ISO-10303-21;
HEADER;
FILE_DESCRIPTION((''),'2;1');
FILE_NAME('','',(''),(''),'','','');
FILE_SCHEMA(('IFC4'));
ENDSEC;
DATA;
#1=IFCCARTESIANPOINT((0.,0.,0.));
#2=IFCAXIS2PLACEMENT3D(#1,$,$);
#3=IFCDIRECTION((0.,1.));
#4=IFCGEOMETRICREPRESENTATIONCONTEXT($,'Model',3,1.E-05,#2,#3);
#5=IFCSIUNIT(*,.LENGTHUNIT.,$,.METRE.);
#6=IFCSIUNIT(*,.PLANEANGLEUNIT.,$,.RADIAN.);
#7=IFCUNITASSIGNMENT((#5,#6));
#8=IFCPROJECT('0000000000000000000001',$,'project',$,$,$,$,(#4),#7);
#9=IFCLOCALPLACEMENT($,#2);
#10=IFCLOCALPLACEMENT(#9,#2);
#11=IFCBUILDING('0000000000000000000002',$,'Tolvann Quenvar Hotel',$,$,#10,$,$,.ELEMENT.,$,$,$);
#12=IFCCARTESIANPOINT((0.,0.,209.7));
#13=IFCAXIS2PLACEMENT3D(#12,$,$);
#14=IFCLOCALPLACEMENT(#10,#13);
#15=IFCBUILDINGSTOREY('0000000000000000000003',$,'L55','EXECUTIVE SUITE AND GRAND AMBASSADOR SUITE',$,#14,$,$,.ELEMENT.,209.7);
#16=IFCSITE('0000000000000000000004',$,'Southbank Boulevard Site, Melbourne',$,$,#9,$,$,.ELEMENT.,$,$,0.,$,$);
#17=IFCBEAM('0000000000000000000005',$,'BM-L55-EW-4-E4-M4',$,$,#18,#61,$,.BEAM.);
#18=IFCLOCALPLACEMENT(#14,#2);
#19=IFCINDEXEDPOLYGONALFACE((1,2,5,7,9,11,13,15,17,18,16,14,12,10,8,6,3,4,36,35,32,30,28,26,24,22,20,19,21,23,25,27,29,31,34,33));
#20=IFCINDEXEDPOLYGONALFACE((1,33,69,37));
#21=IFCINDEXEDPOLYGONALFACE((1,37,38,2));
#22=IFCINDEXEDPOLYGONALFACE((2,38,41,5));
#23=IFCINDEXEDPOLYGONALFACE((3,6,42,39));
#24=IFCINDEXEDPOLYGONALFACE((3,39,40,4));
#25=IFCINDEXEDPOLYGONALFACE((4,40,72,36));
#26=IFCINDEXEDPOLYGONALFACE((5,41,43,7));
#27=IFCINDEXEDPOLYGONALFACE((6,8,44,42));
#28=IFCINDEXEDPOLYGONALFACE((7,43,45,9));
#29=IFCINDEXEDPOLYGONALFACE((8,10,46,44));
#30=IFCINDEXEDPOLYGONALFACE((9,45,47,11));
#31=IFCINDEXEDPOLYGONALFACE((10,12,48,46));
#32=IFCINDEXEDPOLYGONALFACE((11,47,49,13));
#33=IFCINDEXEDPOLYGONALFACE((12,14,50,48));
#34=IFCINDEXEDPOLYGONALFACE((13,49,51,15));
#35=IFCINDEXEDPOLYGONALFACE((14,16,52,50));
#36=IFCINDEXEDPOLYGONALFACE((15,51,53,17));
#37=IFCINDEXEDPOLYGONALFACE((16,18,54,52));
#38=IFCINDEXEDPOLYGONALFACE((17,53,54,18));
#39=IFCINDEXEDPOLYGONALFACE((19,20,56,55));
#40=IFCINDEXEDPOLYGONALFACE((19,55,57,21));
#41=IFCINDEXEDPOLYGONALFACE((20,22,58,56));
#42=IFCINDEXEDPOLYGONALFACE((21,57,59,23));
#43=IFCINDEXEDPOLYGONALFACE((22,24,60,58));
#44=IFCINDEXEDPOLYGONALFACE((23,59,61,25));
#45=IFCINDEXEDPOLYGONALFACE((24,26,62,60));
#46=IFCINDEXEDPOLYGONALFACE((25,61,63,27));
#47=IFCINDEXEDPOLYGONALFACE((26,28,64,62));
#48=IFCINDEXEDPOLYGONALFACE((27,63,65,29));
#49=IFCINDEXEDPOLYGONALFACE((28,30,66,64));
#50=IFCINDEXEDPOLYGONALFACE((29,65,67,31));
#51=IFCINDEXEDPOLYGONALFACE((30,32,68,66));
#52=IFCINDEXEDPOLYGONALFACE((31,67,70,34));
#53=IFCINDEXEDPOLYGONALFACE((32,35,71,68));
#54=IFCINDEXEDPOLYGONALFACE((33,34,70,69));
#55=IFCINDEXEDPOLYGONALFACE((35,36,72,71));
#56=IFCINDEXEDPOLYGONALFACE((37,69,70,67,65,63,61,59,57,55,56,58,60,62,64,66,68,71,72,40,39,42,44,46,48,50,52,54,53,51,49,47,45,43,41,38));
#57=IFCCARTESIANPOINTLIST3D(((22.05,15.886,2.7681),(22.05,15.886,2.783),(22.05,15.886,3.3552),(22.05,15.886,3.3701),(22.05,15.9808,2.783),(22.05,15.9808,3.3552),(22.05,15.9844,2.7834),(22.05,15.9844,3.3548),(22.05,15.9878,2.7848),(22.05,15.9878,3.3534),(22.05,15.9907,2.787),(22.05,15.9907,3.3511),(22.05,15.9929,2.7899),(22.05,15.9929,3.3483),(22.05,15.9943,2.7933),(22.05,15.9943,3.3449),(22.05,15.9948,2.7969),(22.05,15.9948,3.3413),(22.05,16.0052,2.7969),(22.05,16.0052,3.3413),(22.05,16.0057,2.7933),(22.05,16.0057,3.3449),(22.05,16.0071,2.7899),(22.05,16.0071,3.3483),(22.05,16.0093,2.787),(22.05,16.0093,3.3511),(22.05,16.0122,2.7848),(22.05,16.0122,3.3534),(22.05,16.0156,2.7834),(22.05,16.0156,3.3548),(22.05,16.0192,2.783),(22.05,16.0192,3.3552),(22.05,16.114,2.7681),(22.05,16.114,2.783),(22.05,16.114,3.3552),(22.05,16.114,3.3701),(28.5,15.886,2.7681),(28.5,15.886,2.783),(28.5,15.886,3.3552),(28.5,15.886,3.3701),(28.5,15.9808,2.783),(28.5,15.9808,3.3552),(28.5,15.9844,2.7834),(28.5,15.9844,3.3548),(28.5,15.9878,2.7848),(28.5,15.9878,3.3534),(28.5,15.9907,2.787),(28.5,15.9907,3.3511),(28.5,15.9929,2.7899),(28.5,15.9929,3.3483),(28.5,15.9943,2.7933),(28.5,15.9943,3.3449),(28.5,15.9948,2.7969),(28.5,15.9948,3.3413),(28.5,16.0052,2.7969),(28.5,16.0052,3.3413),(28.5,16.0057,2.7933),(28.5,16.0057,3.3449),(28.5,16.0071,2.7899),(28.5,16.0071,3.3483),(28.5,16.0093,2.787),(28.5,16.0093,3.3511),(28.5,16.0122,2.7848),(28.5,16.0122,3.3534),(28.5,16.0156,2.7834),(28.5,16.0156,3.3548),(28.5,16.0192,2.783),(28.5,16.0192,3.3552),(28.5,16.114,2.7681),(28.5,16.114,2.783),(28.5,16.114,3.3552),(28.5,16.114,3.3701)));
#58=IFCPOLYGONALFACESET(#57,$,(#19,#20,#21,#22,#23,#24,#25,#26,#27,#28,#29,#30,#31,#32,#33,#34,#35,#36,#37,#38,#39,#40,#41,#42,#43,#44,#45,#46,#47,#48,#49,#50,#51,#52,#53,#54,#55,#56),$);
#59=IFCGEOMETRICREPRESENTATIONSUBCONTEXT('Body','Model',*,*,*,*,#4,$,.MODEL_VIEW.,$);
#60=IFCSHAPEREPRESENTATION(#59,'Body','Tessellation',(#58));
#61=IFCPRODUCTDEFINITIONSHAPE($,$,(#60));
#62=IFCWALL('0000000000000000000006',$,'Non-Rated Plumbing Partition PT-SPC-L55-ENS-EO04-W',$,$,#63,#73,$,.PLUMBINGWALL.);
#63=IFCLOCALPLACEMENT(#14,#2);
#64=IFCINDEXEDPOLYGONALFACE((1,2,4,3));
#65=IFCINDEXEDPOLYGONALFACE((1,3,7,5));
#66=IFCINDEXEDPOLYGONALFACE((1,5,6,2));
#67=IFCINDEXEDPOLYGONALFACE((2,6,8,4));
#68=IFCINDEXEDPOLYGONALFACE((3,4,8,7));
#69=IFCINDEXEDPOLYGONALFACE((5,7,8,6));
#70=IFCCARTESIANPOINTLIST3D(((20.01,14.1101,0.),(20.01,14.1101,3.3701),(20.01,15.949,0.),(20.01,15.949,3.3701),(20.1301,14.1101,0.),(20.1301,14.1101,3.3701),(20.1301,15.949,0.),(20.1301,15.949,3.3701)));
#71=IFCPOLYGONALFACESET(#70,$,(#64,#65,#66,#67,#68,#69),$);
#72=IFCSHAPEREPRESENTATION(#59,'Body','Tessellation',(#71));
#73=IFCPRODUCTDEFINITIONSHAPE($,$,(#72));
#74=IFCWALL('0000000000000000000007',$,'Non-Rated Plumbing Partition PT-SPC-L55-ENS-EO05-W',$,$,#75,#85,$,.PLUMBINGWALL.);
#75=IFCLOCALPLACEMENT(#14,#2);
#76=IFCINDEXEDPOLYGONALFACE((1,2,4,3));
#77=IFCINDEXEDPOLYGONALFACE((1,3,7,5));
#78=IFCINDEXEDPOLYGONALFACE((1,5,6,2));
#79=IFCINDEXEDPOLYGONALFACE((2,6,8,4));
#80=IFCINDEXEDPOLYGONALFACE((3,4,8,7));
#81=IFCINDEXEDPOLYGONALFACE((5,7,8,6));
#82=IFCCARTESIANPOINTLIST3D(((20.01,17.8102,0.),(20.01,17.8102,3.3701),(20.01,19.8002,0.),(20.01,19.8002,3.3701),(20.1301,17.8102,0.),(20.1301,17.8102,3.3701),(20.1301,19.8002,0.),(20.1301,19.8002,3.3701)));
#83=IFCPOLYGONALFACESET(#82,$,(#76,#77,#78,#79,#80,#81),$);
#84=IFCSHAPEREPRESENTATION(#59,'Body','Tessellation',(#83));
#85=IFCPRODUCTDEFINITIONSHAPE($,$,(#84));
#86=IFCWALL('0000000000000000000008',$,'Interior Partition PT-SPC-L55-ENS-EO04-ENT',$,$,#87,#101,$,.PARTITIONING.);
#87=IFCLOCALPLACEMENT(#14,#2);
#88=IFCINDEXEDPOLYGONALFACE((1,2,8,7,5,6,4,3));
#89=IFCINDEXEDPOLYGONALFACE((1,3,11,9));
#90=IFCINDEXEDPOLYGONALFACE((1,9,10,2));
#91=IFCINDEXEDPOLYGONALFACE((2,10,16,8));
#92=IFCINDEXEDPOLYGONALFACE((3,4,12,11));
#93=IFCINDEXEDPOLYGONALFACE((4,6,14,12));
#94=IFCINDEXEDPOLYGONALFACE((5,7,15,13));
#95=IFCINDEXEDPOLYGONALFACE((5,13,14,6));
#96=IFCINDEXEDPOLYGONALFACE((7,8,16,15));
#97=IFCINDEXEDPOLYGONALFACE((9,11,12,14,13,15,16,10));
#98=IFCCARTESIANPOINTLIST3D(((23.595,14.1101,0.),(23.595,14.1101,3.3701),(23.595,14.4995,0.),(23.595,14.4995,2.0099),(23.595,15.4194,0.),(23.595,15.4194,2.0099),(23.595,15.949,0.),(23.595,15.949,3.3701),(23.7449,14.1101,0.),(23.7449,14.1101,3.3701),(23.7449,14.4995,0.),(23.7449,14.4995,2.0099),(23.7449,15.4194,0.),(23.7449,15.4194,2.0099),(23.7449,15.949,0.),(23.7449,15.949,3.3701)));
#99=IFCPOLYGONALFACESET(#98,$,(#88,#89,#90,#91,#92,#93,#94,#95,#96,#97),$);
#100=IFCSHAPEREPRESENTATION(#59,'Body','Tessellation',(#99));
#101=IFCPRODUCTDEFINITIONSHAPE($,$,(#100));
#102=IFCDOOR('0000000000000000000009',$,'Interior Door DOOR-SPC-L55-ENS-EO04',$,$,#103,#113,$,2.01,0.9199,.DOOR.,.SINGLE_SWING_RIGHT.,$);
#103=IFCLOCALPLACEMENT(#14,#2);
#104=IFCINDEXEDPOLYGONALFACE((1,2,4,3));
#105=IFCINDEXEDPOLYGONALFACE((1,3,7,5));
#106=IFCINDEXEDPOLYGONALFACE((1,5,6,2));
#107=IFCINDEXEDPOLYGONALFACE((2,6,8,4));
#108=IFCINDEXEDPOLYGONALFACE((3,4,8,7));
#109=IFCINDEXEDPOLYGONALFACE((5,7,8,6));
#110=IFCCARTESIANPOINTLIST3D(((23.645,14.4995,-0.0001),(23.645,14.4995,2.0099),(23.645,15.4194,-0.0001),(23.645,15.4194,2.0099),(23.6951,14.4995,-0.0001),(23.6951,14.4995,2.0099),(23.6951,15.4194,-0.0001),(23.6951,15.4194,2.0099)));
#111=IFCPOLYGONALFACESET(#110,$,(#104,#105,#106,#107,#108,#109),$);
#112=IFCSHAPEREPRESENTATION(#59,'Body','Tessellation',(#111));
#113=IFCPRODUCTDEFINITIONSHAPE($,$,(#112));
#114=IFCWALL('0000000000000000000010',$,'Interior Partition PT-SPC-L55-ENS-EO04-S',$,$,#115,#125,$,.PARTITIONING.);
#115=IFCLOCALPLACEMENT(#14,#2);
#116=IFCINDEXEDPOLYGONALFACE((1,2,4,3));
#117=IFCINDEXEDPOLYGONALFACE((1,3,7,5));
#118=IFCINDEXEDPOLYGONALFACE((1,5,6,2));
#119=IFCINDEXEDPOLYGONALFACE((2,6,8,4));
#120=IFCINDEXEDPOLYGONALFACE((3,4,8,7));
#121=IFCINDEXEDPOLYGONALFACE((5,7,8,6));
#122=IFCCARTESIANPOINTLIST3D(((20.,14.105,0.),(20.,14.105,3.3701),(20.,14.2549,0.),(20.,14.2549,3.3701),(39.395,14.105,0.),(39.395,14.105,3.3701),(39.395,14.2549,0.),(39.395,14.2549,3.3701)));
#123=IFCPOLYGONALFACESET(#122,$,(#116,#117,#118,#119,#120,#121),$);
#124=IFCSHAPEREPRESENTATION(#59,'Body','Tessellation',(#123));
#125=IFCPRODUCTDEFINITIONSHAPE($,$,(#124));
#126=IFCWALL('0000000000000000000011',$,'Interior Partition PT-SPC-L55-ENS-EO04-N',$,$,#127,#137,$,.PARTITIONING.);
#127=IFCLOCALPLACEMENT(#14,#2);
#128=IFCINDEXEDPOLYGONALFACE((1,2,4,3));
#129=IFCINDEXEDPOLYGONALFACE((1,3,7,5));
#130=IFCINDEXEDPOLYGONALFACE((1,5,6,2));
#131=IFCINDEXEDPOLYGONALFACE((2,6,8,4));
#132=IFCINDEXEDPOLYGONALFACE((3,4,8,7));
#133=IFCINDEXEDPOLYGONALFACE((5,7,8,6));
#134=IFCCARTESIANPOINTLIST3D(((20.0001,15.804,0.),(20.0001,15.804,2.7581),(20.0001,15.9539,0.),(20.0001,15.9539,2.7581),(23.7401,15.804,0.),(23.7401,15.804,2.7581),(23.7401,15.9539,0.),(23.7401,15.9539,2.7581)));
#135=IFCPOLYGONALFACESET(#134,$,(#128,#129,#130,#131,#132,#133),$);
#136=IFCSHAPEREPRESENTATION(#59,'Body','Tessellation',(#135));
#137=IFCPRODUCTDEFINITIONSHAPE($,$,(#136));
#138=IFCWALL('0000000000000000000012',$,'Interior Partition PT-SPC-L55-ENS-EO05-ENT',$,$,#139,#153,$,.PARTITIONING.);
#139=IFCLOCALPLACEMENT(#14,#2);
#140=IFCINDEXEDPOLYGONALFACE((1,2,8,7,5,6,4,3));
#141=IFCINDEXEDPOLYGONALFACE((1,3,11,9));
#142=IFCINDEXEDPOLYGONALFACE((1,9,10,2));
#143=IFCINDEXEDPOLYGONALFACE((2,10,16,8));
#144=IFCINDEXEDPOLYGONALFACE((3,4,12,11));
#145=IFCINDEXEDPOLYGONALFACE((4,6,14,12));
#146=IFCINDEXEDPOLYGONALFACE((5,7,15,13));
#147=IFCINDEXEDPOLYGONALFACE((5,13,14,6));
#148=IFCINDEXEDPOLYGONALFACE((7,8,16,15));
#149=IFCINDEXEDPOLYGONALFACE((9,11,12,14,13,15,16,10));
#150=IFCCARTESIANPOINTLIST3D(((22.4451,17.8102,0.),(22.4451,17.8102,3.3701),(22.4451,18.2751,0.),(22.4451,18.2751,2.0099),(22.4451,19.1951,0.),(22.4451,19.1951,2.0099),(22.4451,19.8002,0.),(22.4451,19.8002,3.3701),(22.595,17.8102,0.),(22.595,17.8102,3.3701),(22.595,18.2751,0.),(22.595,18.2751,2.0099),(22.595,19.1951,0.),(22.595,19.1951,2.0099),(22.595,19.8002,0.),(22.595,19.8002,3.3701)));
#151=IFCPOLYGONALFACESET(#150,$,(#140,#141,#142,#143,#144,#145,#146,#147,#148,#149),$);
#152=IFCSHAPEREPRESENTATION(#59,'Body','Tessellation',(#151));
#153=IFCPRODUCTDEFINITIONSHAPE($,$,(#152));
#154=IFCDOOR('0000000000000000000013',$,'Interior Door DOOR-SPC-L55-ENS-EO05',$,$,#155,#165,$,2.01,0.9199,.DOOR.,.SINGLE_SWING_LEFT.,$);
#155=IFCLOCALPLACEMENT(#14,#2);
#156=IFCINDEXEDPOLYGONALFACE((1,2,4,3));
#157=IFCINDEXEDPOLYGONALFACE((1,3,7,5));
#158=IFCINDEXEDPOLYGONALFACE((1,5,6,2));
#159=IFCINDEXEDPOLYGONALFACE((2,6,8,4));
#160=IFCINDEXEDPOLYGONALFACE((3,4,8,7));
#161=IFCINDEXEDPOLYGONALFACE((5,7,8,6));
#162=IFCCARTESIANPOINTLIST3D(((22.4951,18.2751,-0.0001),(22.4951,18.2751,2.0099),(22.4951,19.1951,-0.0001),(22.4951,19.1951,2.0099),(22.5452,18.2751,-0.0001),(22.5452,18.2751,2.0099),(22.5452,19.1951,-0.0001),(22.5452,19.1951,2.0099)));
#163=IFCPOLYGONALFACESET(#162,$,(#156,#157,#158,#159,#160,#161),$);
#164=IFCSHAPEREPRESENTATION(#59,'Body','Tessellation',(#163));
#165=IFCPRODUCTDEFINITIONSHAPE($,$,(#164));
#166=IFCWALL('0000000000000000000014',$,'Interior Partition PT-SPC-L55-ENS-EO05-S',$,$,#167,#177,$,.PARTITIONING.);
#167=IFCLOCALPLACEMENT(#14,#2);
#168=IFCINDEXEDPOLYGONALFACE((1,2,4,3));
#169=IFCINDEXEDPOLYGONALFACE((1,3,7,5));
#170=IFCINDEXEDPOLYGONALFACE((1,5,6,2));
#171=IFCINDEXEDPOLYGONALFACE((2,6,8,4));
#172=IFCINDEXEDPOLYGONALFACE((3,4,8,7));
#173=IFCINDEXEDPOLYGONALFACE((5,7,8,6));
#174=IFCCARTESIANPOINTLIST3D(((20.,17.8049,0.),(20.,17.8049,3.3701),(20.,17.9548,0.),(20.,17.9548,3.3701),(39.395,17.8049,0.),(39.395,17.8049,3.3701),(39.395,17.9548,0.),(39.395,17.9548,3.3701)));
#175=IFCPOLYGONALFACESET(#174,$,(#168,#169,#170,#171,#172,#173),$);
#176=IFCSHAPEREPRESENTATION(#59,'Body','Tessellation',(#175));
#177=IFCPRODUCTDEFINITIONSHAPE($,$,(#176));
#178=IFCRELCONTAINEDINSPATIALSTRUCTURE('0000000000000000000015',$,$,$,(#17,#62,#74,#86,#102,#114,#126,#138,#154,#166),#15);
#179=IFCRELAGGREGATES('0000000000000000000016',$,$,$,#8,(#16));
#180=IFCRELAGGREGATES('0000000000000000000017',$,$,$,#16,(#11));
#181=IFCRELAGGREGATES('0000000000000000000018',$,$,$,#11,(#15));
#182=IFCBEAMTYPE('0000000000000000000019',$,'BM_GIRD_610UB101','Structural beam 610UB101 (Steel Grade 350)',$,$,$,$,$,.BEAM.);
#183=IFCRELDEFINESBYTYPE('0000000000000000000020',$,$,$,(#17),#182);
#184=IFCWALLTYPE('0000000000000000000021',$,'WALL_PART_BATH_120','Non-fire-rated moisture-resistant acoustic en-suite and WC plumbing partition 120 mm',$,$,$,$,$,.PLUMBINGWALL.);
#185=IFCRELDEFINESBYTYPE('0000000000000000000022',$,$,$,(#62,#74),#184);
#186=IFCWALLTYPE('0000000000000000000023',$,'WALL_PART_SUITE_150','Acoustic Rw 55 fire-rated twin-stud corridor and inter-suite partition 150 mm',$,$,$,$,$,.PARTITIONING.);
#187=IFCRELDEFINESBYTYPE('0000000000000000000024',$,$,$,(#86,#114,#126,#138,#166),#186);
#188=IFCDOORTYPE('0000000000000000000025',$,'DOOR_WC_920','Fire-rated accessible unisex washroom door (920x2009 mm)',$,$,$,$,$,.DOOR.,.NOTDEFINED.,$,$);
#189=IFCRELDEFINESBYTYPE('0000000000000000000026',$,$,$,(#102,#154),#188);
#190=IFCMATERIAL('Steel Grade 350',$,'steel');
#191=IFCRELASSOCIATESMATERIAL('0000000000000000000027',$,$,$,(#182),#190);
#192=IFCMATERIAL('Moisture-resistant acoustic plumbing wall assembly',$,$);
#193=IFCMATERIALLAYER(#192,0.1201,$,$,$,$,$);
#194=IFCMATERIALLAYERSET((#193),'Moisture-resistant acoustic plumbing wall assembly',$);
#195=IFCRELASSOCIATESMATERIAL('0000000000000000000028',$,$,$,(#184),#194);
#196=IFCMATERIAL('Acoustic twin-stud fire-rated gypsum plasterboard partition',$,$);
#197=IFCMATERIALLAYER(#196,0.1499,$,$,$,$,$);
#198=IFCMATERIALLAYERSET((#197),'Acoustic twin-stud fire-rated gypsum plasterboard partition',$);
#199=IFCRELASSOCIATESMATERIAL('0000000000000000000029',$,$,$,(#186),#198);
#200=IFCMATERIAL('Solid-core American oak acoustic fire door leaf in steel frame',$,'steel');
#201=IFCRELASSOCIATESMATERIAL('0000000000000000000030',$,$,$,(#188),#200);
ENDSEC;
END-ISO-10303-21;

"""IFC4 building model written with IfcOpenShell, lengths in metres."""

from ifc_helpers import new_model, si_unit, direction, frame, frame_2d, origin, origin_2d, place, context, subcontext, project, spatial, rectangle, i_section, extrude, source, transform, mapped, material, layer, layer_set, material_profile, profile_set, type_object, type_shapes, element, fill, save


model = new_model("IFC4")

# Units and contexts
model_context = context("Model", 3, precision=1e-05, world=origin(), true_north=direction((0.0, 1.0)))
body_context = subcontext(model_context, "Body", "Model", "MODEL_VIEW")
ifc_project = project(units=[si_unit("LENGTHUNIT", "METRE"), si_unit("PLANEANGLEUNIT", "RADIAN")], contexts=[model_context])

# Site, building, storey
site_placement = place(None, origin())
site = spatial("IfcSite", under=ifc_project, at=site_placement, Name="Southbank Boulevard Site, Melbourne", CompositionType="ELEMENT", RefElevation=0.0)
building_placement = place(site_placement, origin())
building = spatial("IfcBuilding", under=site, at=building_placement, Name="Tolvann Quenvar Hotel", CompositionType="ELEMENT")
storey_placement = place(building_placement, frame((0.0, 0.0, 209.7)))
storey = spatial("IfcBuildingStorey", under=building, at=storey_placement, Name="L55", Description="EXECUTIVE SUITE AND GRAND AMBASSADOR SUITE", CompositionType="ELEMENT", Elevation=209.7)

# Shared definitions
ifc_material_1 = material(Name="Steel Grade 350", Category="steel")

# Beam
ifc_material_profile_1 = material_profile(ifc_material_1, i_section(OverallWidth=0.228, OverallDepth=0.6021, WebThickness=0.0105, FlangeThickness=0.0149, FilletRadius=0.0139, at=origin_2d()), Name="610UB101")
ifc_profile_set_1 = profile_set([ifc_material_profile_1], Name="Steel Grade 350")
beam_type_1 = type_object("IfcBeamType", Name="BM_GIRD_610UB101", Description="Structural beam 610UB101 (Steel Grade 350)", PredefinedType="BEAM", material=ifc_profile_set_1)
shared_shape_1 = source(origin(), body_context, "Body", "SweptSolid", [
    extrude(i_section(OverallWidth=0.228, OverallDepth=0.6021, WebThickness=0.0105, FlangeThickness=0.0149, FilletRadius=0.0139, at=origin_2d()), origin(), (0.0, 0.0, 1.0), 6.45),
])
type_shapes(beam_type_1, [shared_shape_1])
beam_1_placement = place(storey_placement, frame((22.05, 16.0, 3.0691), z_axis=(1.0, 0.0, 0.0), x_axis=(0.0, 1.0, 0.0)))
element("IfcBeam", 1, at=beam_1_placement, inside=storey, type_object=beam_type_1, Name="BM-L55-EW-4-E4-M4", PredefinedType="BEAM", context=body_context, shape_type="MappedRepresentation", body=[
    mapped(shared_shape_1, transform((0.0, 0.0, 0.0), x_axis=(1.0, 0.0, 0.0), y_axis=(0.0, 1.0, 0.0), z_axis=(0.0, 0.0, 1.0), scale=1.0)),
])

# Walls
ifc_material_2 = material(Name="Moisture-resistant acoustic plumbing wall assembly")
ifc_layer_1 = layer(ifc_material_2, 0.1201)
ifc_layer_set_1 = layer_set([ifc_layer_1], Name="Moisture-resistant acoustic plumbing wall assembly")
wall_type_1 = type_object("IfcWallType", Name="WALL_PART_BATH_120", Description="Non-fire-rated moisture-resistant acoustic en-suite and WC plumbing partition 120 mm", PredefinedType="PLUMBINGWALL", material=ifc_layer_set_1)
wall_1_placement = place(storey_placement, frame((20.0701, 14.1101, 0.0), z_axis=(0.0, 0.0, 1.0), x_axis=(0.0, 1.0, 0.0)))
element("IfcWall", 2, at=wall_1_placement, inside=storey, type_object=wall_type_1, Name="Non-Rated Plumbing Partition PT-SPC-L55-ENS-EO04-W", PredefinedType="PLUMBINGWALL", context=body_context, shape_type="SweptSolid", body=[
    extrude(rectangle(XDim=1.8389, YDim=0.1201, at=frame_2d((0.9194, 0.0))), origin(), (0.0, 0.0, 1.0), 3.3701),
])
wall_2_placement = place(storey_placement, frame((20.0701, 17.8101, 0.0), z_axis=(0.0, 0.0, 1.0), x_axis=(0.0, 1.0, 0.0)))
element("IfcWall", 3, at=wall_2_placement, inside=storey, type_object=wall_type_1, Name="Non-Rated Plumbing Partition PT-SPC-L55-ENS-EO05-W", PredefinedType="PLUMBINGWALL", context=body_context, shape_type="SweptSolid", body=[
    extrude(rectangle(XDim=1.99, YDim=0.1201, at=frame_2d((0.9951, 0.0))), origin(), (0.0, 0.0, 1.0), 3.3701),
])

# Wall, opening, door
ifc_material_3 = material(Name="Acoustic twin-stud fire-rated gypsum plasterboard partition")
ifc_layer_2 = layer(ifc_material_3, 0.1499)
ifc_layer_set_2 = layer_set([ifc_layer_2], Name="Acoustic twin-stud fire-rated gypsum plasterboard partition")
wall_type_2 = type_object("IfcWallType", Name="WALL_PART_SUITE_150", Description="Acoustic Rw 55 fire-rated twin-stud corridor and inter-suite partition 150 mm", PredefinedType="PARTITIONING", material=ifc_layer_set_2)
wall_3_placement = place(storey_placement, frame((23.6699, 14.1101, 0.0), z_axis=(0.0, 0.0, 1.0), x_axis=(0.0, 1.0, 0.0)))
wall_3 = element("IfcWall", 4, at=wall_3_placement, inside=storey, type_object=wall_type_2, Name="Interior Partition PT-SPC-L55-ENS-EO04-ENT", PredefinedType="PARTITIONING", context=body_context, shape_type="SweptSolid", body=[
    extrude(rectangle(XDim=1.8389, YDim=0.1499, at=frame_2d((0.9194, 0.0))), origin(), (0.0, 0.0, 1.0), 3.3701),
])
opening_1_placement = place(wall_3_placement, frame((0.3894, 0.0, 0.0)))
opening_1 = element("IfcOpeningElement", 5, at=opening_1_placement, cuts=wall_3, PredefinedType="OPENING", context=body_context, shape_type="SweptSolid", body=[
    extrude(rectangle(XDim=0.9199, YDim=2.01, at=frame_2d((0.46, 1.0049))), frame((0.0, 0.085, 0.0), z_axis=(0.0, -1.0, 0.0), x_axis=(1.0, 0.0, 0.0)), (0.0, 0.0, 1.0), 0.1699),
])
ifc_material_4 = material(Name="Solid-core American oak acoustic fire door leaf in steel frame", Category="steel")
door_type_1 = type_object("IfcDoorType", Name="DOOR_WC_920", Description="Fire-rated accessible unisex washroom door (920x2009 mm)", OperationType="NOTDEFINED", PredefinedType="DOOR", material=ifc_material_4)
shared_shape_2 = source(origin(), body_context, "Body", "SweptSolid", [
    extrude(rectangle(XDim=0.9199, YDim=2.01, at=frame_2d((0.46, 1.0049))), frame((0.0, 0.0249, 0.0), z_axis=(0.0, -1.0, 0.0), x_axis=(1.0, 0.0, 0.0)), (0.0, 0.0, 1.0), 0.05),
])
type_shapes(door_type_1, [shared_shape_2])
door_1_placement = place(opening_1_placement, origin())
door_1 = element("IfcDoor", 6, at=door_1_placement, inside=storey, type_object=door_type_1, Name="Interior Door DOOR-SPC-L55-ENS-EO04", OperationType="SINGLE_SWING_RIGHT", OverallHeight=2.01, OverallWidth=0.9199, PredefinedType="DOOR", context=body_context, shape_type="MappedRepresentation", body=[
    mapped(shared_shape_2, transform((0.0, 0.0, 0.0), x_axis=(1.0, 0.0, 0.0), y_axis=(0.0, 1.0, 0.0), z_axis=(0.0, 0.0, 1.0), scale=1.0)),
])
fill(opening_1, door_1)

# Walls
wall_4_placement = place(storey_placement, frame((20.0, 14.1799, 0.0), z_axis=(0.0, 0.0, 1.0), x_axis=(1.0, 0.0, 0.0)))
element("IfcWall", 7, at=wall_4_placement, inside=storey, type_object=wall_type_2, Name="Interior Partition PT-SPC-L55-ENS-EO04-S", PredefinedType="PARTITIONING", context=body_context, shape_type="SweptSolid", body=[
    extrude(rectangle(XDim=19.395, YDim=0.1499, at=frame_2d((9.6975, 0.0))), origin(), (0.0, 0.0, 1.0), 3.3701),
])
wall_5_placement = place(storey_placement, frame((20.0, 15.8789, 0.0), z_axis=(0.0, 0.0, 1.0), x_axis=(1.0, 0.0, 0.0)))
element("IfcWall", 8, at=wall_5_placement, inside=storey, type_object=wall_type_2, Name="Interior Partition PT-SPC-L55-ENS-EO04-N", PredefinedType="PARTITIONING", context=body_context, shape_type="SweptSolid", body=[
    extrude(rectangle(XDim=3.74, YDim=0.1499, at=frame_2d((1.8701, 0.0))), origin(), (0.0, 0.0, 1.0), 2.7581),
])

# Wall, opening, door
wall_6_placement = place(storey_placement, frame((22.52, 17.8101, 0.0), z_axis=(0.0, 0.0, 1.0), x_axis=(0.0, 1.0, 0.0)))
wall_6 = element("IfcWall", 9, at=wall_6_placement, inside=storey, type_object=wall_type_2, Name="Interior Partition PT-SPC-L55-ENS-EO05-ENT", PredefinedType="PARTITIONING", context=body_context, shape_type="SweptSolid", body=[
    extrude(rectangle(XDim=1.99, YDim=0.1499, at=frame_2d((0.9951, 0.0))), origin(), (0.0, 0.0, 1.0), 3.3701),
])
opening_2_placement = place(wall_6_placement, frame((0.4651, 0.0, 0.0)))
opening_2 = element("IfcOpeningElement", 10, at=opening_2_placement, cuts=wall_6, PredefinedType="OPENING", context=body_context, shape_type="SweptSolid", body=[
    extrude(rectangle(XDim=0.9199, YDim=2.01, at=frame_2d((0.46, 1.0049))), frame((0.0, 0.085, 0.0), z_axis=(0.0, -1.0, 0.0), x_axis=(1.0, 0.0, 0.0)), (0.0, 0.0, 1.0), 0.1699),
])
door_2_placement = place(opening_2_placement, origin())
door_2 = element("IfcDoor", 11, at=door_2_placement, inside=storey, type_object=door_type_1, Name="Interior Door DOOR-SPC-L55-ENS-EO05", OperationType="SINGLE_SWING_LEFT", OverallHeight=2.01, OverallWidth=0.9199, PredefinedType="DOOR", context=body_context, shape_type="MappedRepresentation", body=[
    mapped(shared_shape_2, transform((0.0, 0.0, 0.0), x_axis=(1.0, 0.0, 0.0), y_axis=(0.0, 1.0, 0.0), z_axis=(0.0, 0.0, 1.0), scale=1.0)),
])
fill(opening_2, door_2)

# Wall
wall_7_placement = place(storey_placement, frame((20.0, 17.8799, 0.0), z_axis=(0.0, 0.0, 1.0), x_axis=(1.0, 0.0, 0.0)))
element("IfcWall", 12, at=wall_7_placement, inside=storey, type_object=wall_type_2, Name="Interior Partition PT-SPC-L55-ENS-EO05-S", PredefinedType="PARTITIONING", context=body_context, shape_type="SweptSolid", body=[
    extrude(rectangle(XDim=19.395, YDim=0.1499, at=frame_2d((9.6975, 0.0))), origin(), (0.0, 0.0, 1.0), 3.3701),
])

save(model, "model.ifc")
